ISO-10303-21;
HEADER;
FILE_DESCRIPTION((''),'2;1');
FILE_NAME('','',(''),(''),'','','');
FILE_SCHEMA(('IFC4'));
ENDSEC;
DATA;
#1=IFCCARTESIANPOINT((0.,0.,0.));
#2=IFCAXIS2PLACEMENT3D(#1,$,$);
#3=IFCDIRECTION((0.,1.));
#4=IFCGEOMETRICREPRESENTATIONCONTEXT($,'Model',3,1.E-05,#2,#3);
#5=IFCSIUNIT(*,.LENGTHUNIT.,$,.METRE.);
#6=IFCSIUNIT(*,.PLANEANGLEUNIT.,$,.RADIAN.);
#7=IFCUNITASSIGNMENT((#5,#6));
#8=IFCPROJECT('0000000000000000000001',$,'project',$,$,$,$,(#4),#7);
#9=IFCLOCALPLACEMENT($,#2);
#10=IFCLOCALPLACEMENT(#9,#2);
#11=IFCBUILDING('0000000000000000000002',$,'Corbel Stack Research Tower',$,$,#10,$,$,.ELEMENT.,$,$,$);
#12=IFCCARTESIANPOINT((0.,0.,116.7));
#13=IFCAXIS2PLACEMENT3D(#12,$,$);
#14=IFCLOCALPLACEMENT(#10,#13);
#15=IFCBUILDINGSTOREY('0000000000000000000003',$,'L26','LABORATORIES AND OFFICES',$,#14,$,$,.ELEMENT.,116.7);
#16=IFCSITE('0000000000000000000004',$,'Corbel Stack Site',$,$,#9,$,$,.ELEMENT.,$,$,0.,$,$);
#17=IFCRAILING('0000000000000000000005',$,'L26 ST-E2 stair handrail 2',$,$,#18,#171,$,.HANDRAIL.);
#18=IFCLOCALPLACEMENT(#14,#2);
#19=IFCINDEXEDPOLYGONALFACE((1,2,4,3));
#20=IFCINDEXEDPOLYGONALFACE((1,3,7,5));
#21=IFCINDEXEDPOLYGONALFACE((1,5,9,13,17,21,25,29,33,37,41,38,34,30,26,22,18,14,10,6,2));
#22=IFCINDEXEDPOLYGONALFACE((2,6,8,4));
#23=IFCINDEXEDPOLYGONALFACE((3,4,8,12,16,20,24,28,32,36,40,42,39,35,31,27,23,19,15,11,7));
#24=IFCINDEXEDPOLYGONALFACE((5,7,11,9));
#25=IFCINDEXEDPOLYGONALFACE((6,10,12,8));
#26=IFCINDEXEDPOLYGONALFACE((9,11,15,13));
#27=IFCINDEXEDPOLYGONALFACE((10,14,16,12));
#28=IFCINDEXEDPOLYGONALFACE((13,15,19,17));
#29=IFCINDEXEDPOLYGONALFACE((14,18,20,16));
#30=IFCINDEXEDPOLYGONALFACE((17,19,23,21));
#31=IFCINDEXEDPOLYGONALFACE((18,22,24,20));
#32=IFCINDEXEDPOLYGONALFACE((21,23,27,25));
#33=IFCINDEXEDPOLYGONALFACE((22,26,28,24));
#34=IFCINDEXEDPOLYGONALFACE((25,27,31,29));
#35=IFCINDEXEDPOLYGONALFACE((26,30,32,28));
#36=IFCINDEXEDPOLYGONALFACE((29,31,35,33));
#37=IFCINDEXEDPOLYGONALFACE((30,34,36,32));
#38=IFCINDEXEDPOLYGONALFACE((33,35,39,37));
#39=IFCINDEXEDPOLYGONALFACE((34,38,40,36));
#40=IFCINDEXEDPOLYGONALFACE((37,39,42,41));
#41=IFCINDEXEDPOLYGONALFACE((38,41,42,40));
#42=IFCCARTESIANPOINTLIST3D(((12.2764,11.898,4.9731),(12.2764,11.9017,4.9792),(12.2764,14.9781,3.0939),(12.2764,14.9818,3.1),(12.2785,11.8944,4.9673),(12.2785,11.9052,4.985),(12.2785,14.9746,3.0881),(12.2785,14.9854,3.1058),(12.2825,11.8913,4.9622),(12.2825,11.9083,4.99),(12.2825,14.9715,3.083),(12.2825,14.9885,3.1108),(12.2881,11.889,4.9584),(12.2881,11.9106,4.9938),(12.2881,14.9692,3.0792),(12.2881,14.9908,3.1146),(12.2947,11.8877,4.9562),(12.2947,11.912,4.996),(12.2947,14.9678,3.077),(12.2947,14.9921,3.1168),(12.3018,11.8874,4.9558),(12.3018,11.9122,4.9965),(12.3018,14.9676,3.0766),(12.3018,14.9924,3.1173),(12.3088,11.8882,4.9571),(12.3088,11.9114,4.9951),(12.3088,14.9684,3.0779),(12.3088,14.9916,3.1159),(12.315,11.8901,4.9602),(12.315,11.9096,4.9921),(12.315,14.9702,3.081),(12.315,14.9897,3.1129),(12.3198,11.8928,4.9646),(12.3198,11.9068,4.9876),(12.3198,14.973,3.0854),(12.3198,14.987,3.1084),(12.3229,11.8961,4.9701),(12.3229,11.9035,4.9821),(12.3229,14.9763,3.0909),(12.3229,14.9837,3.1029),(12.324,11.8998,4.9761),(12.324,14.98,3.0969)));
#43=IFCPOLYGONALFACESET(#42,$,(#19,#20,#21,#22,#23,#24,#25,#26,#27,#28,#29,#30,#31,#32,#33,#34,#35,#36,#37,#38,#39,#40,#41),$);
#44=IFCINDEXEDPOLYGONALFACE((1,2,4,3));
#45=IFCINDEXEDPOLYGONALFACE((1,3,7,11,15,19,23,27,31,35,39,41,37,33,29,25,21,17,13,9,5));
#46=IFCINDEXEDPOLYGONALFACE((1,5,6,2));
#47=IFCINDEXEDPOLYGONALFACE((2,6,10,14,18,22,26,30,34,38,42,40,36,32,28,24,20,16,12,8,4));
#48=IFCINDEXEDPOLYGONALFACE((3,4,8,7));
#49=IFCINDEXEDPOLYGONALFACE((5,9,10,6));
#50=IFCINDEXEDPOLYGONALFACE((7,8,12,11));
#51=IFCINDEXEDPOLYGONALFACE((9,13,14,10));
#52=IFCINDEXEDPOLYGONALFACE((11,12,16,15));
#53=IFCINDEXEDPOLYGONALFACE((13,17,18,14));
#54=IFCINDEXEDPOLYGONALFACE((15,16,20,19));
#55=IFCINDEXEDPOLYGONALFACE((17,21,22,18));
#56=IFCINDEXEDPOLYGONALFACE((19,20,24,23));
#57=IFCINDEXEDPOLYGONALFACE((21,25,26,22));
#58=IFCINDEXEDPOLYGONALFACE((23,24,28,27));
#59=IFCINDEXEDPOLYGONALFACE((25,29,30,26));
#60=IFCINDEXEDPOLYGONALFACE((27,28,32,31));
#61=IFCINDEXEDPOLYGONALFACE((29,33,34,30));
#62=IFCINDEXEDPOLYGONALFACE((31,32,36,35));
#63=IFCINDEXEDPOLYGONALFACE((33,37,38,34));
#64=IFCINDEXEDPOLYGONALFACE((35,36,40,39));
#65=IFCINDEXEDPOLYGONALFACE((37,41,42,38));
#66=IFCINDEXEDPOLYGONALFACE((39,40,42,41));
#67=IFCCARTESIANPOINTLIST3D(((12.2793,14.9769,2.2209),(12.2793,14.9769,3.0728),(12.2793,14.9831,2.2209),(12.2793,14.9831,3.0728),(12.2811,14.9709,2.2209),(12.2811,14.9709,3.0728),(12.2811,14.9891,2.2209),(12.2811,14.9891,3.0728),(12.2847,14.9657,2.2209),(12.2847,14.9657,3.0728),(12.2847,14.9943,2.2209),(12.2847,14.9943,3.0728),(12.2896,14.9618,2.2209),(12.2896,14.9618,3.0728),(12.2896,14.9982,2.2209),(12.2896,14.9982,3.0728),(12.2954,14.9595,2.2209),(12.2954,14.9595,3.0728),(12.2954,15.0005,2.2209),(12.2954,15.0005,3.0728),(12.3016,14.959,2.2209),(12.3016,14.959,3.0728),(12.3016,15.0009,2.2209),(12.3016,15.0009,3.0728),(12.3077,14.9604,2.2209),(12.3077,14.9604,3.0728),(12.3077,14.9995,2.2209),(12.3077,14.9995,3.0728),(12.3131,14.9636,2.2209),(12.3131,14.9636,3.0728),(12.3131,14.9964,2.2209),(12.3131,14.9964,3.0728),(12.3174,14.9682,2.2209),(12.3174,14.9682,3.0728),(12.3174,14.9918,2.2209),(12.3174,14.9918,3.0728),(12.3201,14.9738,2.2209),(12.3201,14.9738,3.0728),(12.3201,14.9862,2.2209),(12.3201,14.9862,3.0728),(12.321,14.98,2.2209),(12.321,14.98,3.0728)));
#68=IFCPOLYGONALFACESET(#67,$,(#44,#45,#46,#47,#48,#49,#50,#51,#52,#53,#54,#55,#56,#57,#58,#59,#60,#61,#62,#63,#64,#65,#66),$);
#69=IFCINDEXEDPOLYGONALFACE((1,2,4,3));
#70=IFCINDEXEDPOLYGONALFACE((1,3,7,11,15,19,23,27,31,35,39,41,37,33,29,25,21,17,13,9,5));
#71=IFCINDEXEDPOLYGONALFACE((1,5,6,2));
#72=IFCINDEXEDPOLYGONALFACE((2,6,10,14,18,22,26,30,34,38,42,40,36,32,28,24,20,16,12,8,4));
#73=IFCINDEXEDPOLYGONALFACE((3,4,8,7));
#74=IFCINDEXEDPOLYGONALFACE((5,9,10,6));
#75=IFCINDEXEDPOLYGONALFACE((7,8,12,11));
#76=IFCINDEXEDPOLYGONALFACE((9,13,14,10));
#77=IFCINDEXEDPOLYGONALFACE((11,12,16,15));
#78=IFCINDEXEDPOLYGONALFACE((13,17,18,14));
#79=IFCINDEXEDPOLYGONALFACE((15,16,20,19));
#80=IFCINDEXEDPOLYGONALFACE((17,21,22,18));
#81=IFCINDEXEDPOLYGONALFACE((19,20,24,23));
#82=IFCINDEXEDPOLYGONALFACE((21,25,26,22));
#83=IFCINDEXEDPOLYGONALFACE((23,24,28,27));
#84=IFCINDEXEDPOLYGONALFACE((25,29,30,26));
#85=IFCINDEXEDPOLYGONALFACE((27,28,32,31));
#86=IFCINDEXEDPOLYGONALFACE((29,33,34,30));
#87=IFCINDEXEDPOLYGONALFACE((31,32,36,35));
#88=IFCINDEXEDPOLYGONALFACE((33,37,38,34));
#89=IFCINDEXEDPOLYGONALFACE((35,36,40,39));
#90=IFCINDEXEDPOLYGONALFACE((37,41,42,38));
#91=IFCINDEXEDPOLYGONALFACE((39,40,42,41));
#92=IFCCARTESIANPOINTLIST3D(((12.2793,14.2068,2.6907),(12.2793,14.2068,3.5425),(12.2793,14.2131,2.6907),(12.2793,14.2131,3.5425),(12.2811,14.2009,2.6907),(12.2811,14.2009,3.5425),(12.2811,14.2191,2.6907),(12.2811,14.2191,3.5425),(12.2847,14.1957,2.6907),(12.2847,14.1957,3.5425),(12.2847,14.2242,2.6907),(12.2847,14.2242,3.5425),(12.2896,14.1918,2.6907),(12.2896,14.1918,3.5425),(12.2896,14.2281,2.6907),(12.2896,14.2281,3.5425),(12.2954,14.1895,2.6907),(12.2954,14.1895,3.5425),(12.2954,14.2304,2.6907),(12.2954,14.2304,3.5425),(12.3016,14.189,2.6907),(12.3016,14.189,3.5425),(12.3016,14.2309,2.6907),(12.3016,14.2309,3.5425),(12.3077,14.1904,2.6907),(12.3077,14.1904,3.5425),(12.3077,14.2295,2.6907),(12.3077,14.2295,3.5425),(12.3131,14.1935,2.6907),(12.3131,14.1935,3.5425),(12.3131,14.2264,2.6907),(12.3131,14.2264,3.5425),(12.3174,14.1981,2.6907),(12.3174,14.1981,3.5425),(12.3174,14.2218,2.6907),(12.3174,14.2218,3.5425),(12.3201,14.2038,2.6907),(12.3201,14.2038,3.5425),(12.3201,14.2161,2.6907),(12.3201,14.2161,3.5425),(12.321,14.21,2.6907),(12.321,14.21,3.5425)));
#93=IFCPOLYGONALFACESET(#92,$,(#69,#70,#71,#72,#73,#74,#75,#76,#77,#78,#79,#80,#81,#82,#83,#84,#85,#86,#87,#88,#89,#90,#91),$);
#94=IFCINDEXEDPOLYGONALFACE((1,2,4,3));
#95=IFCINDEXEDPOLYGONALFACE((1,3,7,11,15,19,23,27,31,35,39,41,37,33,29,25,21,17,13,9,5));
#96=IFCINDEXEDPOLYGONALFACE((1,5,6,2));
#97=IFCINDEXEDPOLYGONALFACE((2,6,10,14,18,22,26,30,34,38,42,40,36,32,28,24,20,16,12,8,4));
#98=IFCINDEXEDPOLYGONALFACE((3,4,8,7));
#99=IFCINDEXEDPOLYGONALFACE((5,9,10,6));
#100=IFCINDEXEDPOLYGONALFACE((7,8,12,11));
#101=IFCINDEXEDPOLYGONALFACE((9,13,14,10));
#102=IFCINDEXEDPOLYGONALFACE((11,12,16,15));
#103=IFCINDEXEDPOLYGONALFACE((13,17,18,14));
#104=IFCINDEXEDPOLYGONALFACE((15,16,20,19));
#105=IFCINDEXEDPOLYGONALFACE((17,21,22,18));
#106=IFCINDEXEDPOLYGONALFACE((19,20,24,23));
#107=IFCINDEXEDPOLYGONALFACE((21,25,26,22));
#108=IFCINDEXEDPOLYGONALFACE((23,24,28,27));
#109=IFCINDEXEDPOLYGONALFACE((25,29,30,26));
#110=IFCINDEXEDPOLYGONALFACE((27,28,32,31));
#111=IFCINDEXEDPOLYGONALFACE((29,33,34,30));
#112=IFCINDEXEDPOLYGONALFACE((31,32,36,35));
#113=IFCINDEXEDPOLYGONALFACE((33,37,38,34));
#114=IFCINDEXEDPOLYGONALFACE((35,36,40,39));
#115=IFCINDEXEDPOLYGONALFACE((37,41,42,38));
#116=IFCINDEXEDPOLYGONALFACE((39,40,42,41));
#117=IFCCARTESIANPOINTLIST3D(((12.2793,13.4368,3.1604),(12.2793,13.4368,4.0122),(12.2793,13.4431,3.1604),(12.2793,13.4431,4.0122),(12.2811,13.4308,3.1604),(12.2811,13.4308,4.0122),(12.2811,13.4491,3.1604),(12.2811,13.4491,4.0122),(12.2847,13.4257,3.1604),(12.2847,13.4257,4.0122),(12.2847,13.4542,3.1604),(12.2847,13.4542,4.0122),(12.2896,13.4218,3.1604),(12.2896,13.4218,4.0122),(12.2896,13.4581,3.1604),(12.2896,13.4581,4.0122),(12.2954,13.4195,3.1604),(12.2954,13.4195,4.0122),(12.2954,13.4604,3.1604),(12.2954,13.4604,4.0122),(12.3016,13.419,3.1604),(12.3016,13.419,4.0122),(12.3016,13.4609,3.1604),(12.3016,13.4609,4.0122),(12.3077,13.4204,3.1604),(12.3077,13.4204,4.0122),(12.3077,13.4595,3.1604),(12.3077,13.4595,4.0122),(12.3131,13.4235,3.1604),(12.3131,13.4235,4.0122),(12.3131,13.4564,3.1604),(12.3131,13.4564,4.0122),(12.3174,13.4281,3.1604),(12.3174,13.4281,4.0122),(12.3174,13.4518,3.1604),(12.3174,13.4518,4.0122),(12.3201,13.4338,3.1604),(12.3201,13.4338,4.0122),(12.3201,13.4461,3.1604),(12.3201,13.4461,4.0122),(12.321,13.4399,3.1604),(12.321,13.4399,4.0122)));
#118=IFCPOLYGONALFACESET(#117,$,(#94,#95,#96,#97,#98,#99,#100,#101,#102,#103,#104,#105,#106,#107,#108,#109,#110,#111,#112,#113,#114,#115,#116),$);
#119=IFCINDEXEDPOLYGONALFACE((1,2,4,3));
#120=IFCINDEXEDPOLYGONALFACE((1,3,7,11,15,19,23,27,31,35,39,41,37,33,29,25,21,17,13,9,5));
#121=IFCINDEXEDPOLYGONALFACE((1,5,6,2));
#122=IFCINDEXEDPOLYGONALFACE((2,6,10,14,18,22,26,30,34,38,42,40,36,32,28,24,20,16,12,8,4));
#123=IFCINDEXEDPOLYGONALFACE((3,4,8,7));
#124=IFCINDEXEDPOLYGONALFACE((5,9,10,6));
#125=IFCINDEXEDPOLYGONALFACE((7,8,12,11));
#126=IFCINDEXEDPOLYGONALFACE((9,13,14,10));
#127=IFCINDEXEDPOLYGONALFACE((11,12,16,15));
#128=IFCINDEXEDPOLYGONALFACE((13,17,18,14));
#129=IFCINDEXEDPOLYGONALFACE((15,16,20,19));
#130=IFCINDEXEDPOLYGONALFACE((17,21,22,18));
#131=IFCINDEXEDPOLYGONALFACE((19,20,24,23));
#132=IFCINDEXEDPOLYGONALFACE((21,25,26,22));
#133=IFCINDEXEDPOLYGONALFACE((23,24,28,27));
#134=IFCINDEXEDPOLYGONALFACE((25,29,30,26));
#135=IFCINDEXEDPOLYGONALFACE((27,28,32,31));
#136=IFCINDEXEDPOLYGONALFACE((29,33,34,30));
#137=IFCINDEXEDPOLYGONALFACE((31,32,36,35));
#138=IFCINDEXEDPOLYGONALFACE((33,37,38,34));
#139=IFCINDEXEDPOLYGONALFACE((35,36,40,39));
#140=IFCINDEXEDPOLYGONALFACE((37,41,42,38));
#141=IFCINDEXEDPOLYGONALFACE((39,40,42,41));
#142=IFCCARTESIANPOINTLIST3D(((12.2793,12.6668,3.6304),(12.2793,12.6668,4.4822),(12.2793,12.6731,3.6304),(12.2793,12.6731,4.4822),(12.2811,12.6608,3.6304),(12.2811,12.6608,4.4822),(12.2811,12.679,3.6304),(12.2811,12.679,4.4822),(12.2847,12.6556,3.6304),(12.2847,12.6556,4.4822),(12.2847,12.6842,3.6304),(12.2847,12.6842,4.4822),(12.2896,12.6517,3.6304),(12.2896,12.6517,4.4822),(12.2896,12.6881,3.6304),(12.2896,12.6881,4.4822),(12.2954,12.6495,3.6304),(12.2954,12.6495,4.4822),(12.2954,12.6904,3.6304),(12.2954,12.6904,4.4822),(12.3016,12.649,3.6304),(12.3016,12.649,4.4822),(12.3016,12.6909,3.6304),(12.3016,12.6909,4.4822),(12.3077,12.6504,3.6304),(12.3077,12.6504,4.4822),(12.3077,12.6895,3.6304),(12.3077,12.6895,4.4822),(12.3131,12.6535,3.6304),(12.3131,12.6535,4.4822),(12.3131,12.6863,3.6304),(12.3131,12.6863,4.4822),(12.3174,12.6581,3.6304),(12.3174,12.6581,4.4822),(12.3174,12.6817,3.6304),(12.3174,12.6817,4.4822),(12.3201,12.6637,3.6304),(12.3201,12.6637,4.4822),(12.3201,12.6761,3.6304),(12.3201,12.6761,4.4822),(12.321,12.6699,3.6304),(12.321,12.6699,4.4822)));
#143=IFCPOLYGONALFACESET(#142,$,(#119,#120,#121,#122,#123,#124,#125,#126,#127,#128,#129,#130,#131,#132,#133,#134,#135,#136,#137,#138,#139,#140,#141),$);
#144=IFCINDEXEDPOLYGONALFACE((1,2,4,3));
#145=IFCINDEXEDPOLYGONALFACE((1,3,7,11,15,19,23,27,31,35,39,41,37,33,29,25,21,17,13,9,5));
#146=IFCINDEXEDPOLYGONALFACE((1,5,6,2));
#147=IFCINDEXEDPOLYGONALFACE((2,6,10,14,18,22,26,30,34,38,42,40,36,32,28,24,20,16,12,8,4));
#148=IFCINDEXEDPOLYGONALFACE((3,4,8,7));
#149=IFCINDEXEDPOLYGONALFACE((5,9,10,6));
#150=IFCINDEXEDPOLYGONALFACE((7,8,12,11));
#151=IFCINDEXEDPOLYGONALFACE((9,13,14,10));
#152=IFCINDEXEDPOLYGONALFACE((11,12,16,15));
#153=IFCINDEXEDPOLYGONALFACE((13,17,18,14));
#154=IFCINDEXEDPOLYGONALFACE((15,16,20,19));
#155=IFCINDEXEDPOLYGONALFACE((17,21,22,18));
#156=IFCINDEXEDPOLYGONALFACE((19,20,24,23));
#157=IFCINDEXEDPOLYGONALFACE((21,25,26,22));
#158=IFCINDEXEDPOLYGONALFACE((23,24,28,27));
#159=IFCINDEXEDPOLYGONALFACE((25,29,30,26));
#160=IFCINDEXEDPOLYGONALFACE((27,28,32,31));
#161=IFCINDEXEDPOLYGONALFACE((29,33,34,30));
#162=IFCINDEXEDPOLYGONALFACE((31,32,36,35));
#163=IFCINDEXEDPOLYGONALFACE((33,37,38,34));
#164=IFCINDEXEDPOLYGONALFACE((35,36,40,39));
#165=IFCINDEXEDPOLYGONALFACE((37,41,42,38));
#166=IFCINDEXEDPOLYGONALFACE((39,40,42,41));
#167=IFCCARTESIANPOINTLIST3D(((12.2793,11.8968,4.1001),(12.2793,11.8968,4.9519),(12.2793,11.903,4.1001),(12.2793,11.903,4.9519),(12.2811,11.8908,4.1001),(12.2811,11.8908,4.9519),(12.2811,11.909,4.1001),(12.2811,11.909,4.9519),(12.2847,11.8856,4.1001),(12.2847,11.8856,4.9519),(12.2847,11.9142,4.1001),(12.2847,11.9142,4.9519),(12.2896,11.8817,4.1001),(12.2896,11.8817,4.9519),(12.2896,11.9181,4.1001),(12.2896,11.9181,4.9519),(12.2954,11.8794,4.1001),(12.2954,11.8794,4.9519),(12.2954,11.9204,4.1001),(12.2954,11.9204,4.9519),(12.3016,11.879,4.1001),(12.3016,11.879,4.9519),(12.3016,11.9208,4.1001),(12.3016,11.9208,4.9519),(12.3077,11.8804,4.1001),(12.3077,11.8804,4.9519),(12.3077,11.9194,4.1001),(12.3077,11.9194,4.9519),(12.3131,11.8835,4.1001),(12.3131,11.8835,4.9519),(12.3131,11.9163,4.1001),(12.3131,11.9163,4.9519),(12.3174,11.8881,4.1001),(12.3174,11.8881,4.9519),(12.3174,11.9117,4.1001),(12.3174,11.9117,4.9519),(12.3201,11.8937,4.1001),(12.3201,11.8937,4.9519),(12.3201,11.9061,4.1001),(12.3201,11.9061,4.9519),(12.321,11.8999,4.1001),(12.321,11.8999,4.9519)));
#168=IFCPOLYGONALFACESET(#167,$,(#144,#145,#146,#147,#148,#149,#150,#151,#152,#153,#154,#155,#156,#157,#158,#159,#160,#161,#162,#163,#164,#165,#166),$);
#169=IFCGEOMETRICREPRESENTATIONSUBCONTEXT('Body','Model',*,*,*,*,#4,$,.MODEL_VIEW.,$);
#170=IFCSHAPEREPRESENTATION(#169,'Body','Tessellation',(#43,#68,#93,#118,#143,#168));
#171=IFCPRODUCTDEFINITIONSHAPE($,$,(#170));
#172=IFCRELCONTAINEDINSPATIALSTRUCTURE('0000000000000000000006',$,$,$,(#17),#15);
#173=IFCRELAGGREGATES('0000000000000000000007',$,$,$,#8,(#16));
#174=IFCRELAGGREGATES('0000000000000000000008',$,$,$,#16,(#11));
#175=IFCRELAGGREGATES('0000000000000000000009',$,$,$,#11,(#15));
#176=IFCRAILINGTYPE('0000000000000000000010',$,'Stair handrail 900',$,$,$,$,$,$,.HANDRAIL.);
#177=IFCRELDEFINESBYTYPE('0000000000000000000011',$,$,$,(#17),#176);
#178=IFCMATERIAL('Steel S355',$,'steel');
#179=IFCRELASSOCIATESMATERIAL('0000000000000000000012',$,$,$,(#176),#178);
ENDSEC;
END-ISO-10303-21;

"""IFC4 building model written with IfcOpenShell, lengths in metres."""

from ifc_helpers import new_model, si_unit, direction, frame, origin, origin_2d, place, context, subcontext, project, spatial, circle, extrude, material, type_object, element, save


model = new_model("IFC4")

# Units and contexts
model_context = context("Model", 3, precision=1e-05, world=origin(), true_north=direction((0.0, 1.0)))
body_context = subcontext(model_context, "Body", "Model", "MODEL_VIEW")
ifc_project = project(units=[si_unit("LENGTHUNIT", "METRE"), si_unit("PLANEANGLEUNIT", "RADIAN")], contexts=[model_context])

# Site, building, storey
site_placement = place(None, origin())
site = spatial("IfcSite", under=ifc_project, at=site_placement, Name="Corbel Stack Site", CompositionType="ELEMENT", RefElevation=0.0)
building_placement = place(site_placement, origin())
building = spatial("IfcBuilding", under=site, at=building_placement, Name="Corbel Stack Research Tower", CompositionType="ELEMENT")
storey_placement = place(building_placement, frame((0.0, 0.0, 116.7)))
storey = spatial("IfcBuildingStorey", under=building, at=storey_placement, Name="L26", Description="LABORATORIES AND OFFICES", CompositionType="ELEMENT", Elevation=116.7)

# Railing
ifc_material_1 = material(Name="Steel S355", Category="steel")
railing_type_1 = type_object("IfcRailingType", Name="Stair handrail 900", PredefinedType="HANDRAIL", material=ifc_material_1)
railing_1_placement = place(storey_placement, frame((12.3, 14.98, 2.2209)))
element("IfcRailing", 1, at=railing_1_placement, inside=storey, type_object=railing_type_1, Name="L26 ST-E2 stair handrail 2", PredefinedType="HANDRAIL", context=body_context, shape_type="SweptSolid", body=[
    extrude(circle(Radius=0.0239, at=origin_2d()), frame((0.0, 0.0, 0.876), z_axis=(0.0, -0.853666, 0.52082), x_axis=(1.0, 0.0, 0.0)), (0.0, 0.0, 1.0), 3.6082),
    extrude(circle(Radius=0.021, at=origin_2d()), origin(), (0.0, 0.0, 1.0), 0.8518),
    extrude(circle(Radius=0.021, at=origin_2d()), frame((0.0, -0.77, 0.4697)), (0.0, 0.0, 1.0), 0.8518),
    extrude(circle(Radius=0.021, at=origin_2d()), frame((0.0, -1.54, 0.9395)), (0.0, 0.0, 1.0), 0.8518),
    extrude(circle(Radius=0.021, at=origin_2d()), frame((0.0, -2.3101, 1.4094)), (0.0, 0.0, 1.0), 0.8518),
    extrude(circle(Radius=0.021, at=origin_2d()), frame((0.0, -3.0801, 1.8792)), (0.0, 0.0, 1.0), 0.8518),
])

save(model, "model.ifc")
